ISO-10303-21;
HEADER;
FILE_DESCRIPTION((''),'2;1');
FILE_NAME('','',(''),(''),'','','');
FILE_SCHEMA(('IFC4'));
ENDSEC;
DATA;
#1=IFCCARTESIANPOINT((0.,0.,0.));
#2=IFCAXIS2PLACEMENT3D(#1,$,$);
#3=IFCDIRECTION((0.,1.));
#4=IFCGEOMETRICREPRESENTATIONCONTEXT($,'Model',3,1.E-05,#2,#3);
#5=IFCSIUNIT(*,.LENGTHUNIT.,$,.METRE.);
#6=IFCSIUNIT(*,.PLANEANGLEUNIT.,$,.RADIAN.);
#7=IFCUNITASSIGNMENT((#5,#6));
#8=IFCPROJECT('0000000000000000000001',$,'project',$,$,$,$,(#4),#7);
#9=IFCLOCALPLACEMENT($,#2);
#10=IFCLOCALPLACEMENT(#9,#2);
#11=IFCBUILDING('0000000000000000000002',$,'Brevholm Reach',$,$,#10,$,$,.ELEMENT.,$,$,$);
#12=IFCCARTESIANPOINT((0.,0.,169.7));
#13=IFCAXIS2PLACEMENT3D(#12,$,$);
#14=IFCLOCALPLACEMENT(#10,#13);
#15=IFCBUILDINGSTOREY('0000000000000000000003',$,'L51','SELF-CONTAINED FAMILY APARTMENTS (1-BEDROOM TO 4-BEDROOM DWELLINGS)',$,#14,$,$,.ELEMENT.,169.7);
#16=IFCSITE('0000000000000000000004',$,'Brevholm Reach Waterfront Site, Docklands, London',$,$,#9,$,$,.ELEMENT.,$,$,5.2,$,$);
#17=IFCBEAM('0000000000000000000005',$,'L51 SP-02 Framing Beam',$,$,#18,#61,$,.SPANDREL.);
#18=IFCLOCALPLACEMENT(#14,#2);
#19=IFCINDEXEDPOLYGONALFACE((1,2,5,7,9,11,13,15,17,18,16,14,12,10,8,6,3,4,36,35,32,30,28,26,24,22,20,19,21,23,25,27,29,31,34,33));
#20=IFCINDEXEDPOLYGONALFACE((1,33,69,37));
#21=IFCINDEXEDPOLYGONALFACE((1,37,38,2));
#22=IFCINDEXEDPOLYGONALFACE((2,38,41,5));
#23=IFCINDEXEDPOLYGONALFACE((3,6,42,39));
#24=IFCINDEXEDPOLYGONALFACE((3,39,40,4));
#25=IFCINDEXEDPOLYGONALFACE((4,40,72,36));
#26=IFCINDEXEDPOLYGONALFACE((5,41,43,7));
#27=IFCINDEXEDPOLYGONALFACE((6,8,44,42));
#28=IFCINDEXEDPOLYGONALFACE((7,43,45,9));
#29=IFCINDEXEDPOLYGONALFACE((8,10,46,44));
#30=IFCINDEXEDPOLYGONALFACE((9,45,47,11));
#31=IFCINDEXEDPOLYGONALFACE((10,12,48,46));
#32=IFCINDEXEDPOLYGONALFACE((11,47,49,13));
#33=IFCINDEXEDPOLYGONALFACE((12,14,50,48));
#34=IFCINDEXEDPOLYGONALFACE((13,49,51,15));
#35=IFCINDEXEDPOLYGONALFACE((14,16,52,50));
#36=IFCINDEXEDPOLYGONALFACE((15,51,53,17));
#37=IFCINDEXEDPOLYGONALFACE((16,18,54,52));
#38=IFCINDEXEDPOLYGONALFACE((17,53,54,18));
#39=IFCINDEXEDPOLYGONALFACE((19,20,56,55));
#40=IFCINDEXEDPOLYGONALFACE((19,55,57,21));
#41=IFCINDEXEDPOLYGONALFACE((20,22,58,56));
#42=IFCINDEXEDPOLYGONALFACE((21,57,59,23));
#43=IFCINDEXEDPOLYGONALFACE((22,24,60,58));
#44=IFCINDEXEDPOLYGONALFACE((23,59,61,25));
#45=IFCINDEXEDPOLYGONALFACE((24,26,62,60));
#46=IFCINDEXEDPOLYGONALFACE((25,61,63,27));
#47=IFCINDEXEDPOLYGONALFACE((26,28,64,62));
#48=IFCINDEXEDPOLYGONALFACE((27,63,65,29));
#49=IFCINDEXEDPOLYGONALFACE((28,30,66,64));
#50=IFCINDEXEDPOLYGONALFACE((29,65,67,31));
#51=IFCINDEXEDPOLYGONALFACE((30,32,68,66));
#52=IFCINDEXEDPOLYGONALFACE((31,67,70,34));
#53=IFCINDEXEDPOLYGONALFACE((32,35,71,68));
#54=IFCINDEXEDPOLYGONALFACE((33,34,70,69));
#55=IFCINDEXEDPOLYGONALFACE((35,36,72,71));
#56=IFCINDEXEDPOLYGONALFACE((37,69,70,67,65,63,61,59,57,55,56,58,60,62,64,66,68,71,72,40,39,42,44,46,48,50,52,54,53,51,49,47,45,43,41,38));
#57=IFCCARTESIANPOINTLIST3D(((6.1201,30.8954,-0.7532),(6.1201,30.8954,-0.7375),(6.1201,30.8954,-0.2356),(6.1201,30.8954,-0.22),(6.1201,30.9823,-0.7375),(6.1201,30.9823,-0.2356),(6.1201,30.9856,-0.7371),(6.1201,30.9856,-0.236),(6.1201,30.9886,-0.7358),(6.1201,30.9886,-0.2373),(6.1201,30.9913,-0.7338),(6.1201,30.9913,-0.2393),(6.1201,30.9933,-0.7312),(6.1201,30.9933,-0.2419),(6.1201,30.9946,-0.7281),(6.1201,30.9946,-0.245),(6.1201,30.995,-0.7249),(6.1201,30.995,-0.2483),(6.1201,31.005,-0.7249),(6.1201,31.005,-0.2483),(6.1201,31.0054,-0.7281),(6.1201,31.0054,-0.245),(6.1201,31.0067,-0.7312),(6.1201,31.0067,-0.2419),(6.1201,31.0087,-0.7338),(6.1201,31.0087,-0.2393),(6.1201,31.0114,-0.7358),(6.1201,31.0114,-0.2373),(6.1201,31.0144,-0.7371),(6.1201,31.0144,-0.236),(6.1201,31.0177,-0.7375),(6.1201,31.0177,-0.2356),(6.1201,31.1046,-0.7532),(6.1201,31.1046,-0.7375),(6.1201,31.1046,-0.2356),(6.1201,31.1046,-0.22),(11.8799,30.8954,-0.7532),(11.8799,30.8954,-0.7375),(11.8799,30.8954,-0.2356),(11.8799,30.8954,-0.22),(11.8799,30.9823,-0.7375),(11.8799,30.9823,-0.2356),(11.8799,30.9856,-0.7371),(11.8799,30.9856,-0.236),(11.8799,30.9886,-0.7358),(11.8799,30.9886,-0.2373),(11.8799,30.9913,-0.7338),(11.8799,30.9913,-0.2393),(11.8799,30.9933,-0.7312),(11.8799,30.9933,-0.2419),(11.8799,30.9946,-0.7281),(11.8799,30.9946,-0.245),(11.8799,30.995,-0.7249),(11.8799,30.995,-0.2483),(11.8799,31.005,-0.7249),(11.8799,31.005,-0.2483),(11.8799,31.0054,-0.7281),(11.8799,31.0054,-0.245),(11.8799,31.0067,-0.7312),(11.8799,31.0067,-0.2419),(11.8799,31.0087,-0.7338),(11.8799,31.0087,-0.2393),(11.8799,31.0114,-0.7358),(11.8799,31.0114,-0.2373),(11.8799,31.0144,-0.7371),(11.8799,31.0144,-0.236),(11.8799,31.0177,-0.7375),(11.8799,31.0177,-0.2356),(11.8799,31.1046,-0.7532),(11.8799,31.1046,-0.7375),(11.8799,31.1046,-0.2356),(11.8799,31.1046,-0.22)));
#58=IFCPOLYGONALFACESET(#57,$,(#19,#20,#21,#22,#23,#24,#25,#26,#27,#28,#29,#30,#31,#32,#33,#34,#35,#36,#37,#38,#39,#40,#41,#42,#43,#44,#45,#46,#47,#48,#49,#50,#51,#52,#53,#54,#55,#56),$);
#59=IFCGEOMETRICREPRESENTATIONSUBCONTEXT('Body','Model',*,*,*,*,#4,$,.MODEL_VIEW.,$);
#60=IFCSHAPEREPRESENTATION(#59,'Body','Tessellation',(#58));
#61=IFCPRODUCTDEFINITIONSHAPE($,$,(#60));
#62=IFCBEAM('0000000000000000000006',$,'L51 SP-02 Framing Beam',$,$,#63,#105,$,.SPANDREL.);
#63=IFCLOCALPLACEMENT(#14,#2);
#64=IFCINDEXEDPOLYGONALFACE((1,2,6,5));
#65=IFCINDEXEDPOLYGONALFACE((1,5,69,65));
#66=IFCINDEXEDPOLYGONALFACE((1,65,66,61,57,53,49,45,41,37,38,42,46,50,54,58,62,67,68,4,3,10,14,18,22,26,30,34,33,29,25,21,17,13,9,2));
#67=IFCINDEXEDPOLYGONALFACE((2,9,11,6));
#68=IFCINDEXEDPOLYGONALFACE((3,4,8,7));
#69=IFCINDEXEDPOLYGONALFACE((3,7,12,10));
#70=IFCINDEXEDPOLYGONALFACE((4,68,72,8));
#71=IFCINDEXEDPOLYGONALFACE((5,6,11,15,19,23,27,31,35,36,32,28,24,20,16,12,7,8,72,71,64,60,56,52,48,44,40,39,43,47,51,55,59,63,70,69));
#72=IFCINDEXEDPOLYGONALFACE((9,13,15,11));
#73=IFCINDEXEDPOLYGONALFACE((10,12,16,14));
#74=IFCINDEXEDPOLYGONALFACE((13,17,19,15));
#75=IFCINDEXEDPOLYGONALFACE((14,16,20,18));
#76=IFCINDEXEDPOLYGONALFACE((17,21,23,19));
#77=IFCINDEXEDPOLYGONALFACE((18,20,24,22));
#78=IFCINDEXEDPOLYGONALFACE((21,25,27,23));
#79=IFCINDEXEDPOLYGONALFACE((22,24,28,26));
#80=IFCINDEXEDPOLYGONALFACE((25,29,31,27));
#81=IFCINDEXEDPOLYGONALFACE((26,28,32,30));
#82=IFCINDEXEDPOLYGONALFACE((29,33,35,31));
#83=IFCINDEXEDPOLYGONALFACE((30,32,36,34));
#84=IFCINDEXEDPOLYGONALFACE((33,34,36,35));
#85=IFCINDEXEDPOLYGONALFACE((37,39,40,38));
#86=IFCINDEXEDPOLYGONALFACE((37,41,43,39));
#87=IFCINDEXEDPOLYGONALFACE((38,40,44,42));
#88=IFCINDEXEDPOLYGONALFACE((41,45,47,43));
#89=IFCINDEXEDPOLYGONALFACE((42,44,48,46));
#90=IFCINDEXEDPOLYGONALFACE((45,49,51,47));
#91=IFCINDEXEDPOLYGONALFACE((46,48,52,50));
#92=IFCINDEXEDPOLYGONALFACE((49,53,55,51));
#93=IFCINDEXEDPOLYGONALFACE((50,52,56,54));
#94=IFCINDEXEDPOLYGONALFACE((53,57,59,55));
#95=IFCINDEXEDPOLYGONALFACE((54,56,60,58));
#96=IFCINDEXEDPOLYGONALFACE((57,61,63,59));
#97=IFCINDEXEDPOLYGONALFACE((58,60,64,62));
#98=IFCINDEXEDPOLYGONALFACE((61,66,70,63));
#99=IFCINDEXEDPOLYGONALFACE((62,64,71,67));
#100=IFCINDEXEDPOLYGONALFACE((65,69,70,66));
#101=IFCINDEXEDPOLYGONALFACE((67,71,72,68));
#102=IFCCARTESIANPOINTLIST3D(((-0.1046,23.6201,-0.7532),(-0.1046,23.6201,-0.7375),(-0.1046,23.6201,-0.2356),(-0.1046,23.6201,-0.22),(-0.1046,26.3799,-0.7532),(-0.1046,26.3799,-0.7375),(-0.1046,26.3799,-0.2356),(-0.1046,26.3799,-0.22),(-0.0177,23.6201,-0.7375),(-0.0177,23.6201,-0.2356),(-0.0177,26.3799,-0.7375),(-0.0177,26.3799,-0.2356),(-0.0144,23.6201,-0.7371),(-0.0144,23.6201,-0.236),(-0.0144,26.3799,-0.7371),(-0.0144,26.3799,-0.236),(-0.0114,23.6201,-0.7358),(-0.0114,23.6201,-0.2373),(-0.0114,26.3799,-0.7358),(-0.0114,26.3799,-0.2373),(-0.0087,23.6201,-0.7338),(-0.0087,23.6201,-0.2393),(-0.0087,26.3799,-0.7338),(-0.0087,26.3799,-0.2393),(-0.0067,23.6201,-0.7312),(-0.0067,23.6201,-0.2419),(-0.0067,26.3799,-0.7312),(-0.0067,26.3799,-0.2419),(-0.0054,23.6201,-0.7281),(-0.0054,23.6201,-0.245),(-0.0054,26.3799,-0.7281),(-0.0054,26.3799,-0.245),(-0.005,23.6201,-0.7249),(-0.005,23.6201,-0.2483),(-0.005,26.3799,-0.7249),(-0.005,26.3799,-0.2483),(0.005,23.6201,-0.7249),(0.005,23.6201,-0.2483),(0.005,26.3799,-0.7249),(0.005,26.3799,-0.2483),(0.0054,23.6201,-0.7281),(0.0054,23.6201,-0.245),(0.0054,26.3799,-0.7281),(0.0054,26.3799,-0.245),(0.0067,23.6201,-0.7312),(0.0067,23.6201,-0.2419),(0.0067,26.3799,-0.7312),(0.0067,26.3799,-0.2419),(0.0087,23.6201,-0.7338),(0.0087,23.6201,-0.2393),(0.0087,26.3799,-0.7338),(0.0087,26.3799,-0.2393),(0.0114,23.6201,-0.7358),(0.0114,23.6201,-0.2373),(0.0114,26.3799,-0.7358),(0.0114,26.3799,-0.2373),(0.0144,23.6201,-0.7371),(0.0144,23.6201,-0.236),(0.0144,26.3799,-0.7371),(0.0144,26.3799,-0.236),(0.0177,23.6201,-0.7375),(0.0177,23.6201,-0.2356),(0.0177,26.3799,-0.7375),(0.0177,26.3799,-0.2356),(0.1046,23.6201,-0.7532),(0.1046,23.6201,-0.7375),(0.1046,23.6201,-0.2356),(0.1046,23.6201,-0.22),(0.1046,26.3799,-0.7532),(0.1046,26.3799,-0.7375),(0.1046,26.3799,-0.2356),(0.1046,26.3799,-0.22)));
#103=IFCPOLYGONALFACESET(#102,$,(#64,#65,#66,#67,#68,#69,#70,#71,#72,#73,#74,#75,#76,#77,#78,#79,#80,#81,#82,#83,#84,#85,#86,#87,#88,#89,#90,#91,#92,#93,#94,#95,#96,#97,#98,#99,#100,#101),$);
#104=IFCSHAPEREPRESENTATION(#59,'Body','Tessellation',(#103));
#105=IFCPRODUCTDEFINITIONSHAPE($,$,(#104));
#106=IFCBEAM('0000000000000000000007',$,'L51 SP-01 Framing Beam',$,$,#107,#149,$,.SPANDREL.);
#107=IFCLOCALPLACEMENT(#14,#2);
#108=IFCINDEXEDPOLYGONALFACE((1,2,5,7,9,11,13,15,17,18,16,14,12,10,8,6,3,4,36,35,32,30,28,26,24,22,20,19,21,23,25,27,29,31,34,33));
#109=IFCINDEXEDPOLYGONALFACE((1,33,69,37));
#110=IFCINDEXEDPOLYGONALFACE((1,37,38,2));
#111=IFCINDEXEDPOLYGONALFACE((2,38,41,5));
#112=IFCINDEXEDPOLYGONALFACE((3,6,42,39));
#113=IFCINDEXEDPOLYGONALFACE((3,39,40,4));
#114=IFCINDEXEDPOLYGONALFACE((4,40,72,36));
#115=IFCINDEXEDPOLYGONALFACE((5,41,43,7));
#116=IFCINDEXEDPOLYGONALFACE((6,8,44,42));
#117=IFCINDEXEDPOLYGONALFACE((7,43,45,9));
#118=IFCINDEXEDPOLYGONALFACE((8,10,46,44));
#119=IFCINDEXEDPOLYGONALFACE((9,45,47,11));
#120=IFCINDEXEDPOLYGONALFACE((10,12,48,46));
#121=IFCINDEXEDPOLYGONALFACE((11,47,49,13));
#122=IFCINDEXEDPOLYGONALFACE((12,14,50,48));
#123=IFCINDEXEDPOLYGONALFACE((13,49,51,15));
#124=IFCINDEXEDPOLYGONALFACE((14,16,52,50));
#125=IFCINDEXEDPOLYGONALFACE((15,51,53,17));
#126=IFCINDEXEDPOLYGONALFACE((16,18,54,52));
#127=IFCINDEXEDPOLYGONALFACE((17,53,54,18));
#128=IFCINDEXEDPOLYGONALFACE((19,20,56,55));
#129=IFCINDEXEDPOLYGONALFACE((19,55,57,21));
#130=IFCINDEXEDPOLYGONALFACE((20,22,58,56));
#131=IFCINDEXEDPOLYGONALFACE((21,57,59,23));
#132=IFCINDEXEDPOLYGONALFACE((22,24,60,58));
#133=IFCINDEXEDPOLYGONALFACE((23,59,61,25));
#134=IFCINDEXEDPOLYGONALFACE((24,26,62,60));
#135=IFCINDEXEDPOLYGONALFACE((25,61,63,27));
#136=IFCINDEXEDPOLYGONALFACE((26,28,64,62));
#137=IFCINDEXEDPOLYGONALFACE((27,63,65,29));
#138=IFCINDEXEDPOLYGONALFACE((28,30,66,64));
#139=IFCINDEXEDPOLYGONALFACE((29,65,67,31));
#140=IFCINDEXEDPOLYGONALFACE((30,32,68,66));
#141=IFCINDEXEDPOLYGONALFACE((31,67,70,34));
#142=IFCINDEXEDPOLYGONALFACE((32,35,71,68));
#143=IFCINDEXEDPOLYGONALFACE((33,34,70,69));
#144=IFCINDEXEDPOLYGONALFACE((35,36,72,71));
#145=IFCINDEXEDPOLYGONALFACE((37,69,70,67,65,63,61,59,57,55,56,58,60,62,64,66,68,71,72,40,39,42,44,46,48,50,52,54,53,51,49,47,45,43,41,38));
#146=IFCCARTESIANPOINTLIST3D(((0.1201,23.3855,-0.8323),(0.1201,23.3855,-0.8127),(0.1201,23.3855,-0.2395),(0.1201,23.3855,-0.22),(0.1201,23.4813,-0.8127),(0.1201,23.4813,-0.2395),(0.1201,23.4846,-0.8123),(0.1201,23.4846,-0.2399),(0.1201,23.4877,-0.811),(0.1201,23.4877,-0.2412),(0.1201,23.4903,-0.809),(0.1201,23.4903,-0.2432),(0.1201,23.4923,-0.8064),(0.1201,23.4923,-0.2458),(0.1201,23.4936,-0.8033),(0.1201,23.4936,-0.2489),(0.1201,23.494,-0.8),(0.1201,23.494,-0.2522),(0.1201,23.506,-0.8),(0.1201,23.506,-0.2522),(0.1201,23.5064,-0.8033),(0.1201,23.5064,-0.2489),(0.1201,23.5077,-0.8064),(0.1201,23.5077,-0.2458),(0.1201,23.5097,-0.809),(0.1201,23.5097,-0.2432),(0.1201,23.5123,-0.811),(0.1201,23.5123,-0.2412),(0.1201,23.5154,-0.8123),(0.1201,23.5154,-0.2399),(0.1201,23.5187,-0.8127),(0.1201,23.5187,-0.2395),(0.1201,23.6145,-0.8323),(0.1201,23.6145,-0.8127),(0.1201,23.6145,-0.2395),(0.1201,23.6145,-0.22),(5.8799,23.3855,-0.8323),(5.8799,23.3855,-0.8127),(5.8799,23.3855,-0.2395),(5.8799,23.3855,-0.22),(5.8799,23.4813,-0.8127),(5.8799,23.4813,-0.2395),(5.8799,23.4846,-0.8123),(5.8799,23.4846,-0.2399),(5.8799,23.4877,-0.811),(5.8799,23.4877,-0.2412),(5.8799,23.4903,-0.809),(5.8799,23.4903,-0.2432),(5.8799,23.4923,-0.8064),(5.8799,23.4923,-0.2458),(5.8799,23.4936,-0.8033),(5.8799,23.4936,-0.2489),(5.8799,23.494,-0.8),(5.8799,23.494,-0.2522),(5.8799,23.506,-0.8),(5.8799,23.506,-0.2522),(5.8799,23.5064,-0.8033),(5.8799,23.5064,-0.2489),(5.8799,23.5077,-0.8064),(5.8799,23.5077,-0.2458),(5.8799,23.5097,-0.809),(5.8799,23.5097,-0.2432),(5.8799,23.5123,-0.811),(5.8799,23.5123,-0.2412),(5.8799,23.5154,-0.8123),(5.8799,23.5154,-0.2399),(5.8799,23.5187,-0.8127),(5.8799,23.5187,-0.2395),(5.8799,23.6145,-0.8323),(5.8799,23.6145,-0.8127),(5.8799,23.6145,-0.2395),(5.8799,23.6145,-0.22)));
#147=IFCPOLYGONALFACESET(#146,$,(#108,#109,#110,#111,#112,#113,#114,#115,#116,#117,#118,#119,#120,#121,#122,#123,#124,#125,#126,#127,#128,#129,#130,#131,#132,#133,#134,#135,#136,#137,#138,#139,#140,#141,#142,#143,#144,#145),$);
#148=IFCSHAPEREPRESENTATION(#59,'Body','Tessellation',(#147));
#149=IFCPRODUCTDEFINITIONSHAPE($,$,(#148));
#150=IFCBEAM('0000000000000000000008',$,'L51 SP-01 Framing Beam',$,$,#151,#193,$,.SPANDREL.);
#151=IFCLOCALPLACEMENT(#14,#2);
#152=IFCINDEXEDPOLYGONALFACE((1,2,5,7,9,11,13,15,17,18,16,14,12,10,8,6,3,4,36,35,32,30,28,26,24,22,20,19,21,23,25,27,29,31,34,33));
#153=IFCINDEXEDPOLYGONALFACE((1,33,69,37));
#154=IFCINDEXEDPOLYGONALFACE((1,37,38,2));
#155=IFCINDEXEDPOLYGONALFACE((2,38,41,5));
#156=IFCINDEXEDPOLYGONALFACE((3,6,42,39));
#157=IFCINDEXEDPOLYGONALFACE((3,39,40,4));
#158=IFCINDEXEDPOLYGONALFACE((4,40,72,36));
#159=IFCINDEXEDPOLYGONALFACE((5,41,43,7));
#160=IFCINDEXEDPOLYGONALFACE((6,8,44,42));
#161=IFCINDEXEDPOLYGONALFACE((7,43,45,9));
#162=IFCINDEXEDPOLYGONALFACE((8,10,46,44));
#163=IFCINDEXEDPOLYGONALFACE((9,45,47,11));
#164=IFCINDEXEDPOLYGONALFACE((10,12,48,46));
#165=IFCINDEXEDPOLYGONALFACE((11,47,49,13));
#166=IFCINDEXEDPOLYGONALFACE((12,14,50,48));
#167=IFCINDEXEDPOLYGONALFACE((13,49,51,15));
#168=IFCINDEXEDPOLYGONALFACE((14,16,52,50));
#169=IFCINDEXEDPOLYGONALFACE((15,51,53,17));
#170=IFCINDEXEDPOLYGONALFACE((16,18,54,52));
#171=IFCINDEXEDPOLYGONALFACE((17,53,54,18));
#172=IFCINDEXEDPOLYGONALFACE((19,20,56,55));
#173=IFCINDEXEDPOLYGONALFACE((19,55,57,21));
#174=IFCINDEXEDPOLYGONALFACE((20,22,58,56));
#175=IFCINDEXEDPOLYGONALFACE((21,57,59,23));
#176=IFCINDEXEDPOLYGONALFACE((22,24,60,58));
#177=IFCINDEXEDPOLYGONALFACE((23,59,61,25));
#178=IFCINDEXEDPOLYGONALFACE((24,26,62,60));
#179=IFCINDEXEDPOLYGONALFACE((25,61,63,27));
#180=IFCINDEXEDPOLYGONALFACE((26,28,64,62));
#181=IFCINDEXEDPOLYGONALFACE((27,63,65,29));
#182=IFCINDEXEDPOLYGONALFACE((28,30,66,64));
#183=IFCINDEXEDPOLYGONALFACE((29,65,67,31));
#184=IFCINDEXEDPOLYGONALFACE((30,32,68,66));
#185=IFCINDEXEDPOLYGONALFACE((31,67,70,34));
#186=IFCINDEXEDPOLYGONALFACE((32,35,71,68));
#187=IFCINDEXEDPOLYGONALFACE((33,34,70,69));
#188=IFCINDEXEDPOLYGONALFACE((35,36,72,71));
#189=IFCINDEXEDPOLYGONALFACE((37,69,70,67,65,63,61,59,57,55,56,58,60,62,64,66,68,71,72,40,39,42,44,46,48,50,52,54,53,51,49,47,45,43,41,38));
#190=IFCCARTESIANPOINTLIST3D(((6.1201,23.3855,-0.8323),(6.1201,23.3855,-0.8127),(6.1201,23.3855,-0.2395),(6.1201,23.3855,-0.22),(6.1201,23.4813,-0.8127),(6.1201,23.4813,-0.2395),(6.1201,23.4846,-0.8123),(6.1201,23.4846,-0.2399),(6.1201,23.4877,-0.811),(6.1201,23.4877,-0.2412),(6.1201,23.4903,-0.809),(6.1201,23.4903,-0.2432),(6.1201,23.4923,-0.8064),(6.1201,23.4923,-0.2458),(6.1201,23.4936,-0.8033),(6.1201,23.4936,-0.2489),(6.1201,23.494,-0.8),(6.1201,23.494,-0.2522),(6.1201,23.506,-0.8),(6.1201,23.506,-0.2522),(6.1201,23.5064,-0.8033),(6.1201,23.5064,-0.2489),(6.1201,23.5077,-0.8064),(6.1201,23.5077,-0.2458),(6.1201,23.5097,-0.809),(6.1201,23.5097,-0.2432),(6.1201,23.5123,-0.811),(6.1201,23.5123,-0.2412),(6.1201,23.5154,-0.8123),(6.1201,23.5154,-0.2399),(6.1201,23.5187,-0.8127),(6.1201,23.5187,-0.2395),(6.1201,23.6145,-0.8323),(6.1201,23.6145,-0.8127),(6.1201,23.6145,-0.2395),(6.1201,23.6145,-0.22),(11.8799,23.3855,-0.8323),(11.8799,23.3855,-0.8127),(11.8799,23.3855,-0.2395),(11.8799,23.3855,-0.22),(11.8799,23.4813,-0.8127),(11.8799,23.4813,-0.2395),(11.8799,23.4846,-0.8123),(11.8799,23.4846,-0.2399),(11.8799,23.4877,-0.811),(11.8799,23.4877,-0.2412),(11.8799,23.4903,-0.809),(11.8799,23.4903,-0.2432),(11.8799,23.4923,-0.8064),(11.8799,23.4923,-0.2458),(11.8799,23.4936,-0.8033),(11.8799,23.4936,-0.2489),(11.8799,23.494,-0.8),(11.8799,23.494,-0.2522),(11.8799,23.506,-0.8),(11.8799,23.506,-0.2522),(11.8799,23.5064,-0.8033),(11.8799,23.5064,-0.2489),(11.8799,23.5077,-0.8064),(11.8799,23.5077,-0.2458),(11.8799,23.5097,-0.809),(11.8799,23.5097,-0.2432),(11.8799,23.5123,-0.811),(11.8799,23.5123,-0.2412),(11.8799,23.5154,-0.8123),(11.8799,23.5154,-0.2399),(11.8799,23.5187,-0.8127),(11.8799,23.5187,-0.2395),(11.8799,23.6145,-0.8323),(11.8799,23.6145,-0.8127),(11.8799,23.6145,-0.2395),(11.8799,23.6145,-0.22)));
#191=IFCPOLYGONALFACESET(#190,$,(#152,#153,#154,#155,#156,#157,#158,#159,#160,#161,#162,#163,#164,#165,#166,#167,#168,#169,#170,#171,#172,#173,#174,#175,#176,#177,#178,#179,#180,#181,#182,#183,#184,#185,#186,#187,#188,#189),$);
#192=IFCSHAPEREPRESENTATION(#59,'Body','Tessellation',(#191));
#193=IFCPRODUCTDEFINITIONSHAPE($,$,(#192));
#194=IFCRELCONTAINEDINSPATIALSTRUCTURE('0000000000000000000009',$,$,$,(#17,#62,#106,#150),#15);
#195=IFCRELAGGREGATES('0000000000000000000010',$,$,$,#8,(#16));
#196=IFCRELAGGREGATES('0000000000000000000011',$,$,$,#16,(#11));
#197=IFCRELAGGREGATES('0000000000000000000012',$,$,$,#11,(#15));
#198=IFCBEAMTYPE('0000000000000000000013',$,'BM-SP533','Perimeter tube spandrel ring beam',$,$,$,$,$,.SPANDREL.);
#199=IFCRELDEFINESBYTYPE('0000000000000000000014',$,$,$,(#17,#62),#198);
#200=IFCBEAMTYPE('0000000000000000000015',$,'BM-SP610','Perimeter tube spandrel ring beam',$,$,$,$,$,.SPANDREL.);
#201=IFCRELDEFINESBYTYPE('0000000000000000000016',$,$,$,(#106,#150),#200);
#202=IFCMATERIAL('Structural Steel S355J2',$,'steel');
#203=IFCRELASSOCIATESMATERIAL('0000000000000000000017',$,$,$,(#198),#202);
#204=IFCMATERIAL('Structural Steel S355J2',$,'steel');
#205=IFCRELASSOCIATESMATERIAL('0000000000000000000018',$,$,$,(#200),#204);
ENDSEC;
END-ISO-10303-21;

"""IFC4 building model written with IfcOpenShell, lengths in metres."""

from ifc_helpers import new_model, si_unit, direction, frame, origin, origin_2d, place, context, subcontext, project, spatial, i_section, extrude, material, material_profile, profile_set, type_object, element, save


model = new_model("IFC4")

# Units and contexts
model_context = context("Model", 3, precision=1e-05, world=origin(), true_north=direction((0.0, 1.0)))
body_context = subcontext(model_context, "Body", "Model", "MODEL_VIEW")
ifc_project = project(units=[si_unit("LENGTHUNIT", "METRE"), si_unit("PLANEANGLEUNIT", "RADIAN")], contexts=[model_context])

# Site, building, storey
site_placement = place(None, origin())
site = spatial("IfcSite", under=ifc_project, at=site_placement, Name="Brevholm Reach Waterfront Site, Docklands, London", CompositionType="ELEMENT", RefElevation=5.2)
building_placement = place(site_placement, origin())
building = spatial("IfcBuilding", under=site, at=building_placement, Name="Brevholm Reach", CompositionType="ELEMENT")
storey_placement = place(building_placement, frame((0.0, 0.0, 169.7)))
storey = spatial("IfcBuildingStorey", under=building, at=storey_placement, Name="L51", Description="SELF-CONTAINED FAMILY APARTMENTS (1-BEDROOM TO 4-BEDROOM DWELLINGS)", CompositionType="ELEMENT", Elevation=169.7)

# Beams
ifc_material_1 = material(Name="Structural Steel S355J2", Category="steel")
ifc_material_profile_1 = material_profile(ifc_material_1, i_section(OverallWidth=0.2092, OverallDepth=0.5332, WebThickness=0.01, FlangeThickness=0.0156, FilletRadius=0.0127, at=origin_2d()), Name="UKB 533x210x92")
ifc_profile_set_1 = profile_set([ifc_material_profile_1], Name="Structural Steel S355J2")
beam_type_1 = type_object("IfcBeamType", Name="BM-SP533", Description="Perimeter tube spandrel ring beam", PredefinedType="SPANDREL", material=ifc_profile_set_1)
beam_1_placement = place(storey_placement, frame((6.1201, 31.0, -0.4866), z_axis=(1.0, 0.0, 0.0), x_axis=(0.0, 1.0, 0.0)))
element("IfcBeam", 1, at=beam_1_placement, inside=storey, type_object=beam_type_1, Name="L51 SP-02 Framing Beam", PredefinedType="SPANDREL", context=body_context, shape_type="SweptSolid", body=[
    extrude(i_section(OverallWidth=0.2092, OverallDepth=0.5332, WebThickness=0.01, FlangeThickness=0.0156, FilletRadius=0.0127, at=origin_2d()), origin(), (0.0, 0.0, 1.0), 5.7598),
])
beam_2_placement = place(storey_placement, frame((0.0, 23.6201, -0.4866), z_axis=(0.0, 1.0, 0.0), x_axis=(-1.0, 0.0, 0.0)))
element("IfcBeam", 2, at=beam_2_placement, inside=storey, type_object=beam_type_1, Name="L51 SP-02 Framing Beam", PredefinedType="SPANDREL", context=body_context, shape_type="SweptSolid", body=[
    extrude(i_section(OverallWidth=0.2092, OverallDepth=0.5332, WebThickness=0.01, FlangeThickness=0.0156, FilletRadius=0.0127, at=origin_2d()), origin(), (0.0, 0.0, 1.0), 2.7598),
])
ifc_material_2 = material(Name="Structural Steel S355J2", Category="steel")
ifc_material_profile_2 = material_profile(ifc_material_2, i_section(OverallWidth=0.229, OverallDepth=0.6123, WebThickness=0.012, FlangeThickness=0.0195, FilletRadius=0.0127, at=origin_2d()), Name="UKB 610x229x125")
ifc_profile_set_2 = profile_set([ifc_material_profile_2], Name="Structural Steel S355J2")
beam_type_2 = type_object("IfcBeamType", Name="BM-SP610", Description="Perimeter tube spandrel ring beam", PredefinedType="SPANDREL", material=ifc_profile_set_2)
for number, where, z_axis, x_axis, name in (
    (3, (0.1201, 23.5, -0.5261), (1.0, 0.0, 0.0), (0.0, 1.0, 0.0), "L51 SP-01 Framing Beam"),
    (4, (6.1201, 23.5, -0.5261), (1.0, 0.0, 0.0), (0.0, 1.0, 0.0), "L51 SP-01 Framing Beam"),
):
    element("IfcBeam", number, at=place(storey_placement, frame(where, z_axis=z_axis, x_axis=x_axis)), inside=storey, type_object=beam_type_2, Name=name, PredefinedType="SPANDREL", context=body_context, shape_type="SweptSolid", body=[
        extrude(i_section(OverallWidth=0.229, OverallDepth=0.6123, WebThickness=0.012, FlangeThickness=0.0195, FilletRadius=0.0127, at=origin_2d()), origin(), (0.0, 0.0, 1.0), 5.7598),
    ])

save(model, "model.ifc")
